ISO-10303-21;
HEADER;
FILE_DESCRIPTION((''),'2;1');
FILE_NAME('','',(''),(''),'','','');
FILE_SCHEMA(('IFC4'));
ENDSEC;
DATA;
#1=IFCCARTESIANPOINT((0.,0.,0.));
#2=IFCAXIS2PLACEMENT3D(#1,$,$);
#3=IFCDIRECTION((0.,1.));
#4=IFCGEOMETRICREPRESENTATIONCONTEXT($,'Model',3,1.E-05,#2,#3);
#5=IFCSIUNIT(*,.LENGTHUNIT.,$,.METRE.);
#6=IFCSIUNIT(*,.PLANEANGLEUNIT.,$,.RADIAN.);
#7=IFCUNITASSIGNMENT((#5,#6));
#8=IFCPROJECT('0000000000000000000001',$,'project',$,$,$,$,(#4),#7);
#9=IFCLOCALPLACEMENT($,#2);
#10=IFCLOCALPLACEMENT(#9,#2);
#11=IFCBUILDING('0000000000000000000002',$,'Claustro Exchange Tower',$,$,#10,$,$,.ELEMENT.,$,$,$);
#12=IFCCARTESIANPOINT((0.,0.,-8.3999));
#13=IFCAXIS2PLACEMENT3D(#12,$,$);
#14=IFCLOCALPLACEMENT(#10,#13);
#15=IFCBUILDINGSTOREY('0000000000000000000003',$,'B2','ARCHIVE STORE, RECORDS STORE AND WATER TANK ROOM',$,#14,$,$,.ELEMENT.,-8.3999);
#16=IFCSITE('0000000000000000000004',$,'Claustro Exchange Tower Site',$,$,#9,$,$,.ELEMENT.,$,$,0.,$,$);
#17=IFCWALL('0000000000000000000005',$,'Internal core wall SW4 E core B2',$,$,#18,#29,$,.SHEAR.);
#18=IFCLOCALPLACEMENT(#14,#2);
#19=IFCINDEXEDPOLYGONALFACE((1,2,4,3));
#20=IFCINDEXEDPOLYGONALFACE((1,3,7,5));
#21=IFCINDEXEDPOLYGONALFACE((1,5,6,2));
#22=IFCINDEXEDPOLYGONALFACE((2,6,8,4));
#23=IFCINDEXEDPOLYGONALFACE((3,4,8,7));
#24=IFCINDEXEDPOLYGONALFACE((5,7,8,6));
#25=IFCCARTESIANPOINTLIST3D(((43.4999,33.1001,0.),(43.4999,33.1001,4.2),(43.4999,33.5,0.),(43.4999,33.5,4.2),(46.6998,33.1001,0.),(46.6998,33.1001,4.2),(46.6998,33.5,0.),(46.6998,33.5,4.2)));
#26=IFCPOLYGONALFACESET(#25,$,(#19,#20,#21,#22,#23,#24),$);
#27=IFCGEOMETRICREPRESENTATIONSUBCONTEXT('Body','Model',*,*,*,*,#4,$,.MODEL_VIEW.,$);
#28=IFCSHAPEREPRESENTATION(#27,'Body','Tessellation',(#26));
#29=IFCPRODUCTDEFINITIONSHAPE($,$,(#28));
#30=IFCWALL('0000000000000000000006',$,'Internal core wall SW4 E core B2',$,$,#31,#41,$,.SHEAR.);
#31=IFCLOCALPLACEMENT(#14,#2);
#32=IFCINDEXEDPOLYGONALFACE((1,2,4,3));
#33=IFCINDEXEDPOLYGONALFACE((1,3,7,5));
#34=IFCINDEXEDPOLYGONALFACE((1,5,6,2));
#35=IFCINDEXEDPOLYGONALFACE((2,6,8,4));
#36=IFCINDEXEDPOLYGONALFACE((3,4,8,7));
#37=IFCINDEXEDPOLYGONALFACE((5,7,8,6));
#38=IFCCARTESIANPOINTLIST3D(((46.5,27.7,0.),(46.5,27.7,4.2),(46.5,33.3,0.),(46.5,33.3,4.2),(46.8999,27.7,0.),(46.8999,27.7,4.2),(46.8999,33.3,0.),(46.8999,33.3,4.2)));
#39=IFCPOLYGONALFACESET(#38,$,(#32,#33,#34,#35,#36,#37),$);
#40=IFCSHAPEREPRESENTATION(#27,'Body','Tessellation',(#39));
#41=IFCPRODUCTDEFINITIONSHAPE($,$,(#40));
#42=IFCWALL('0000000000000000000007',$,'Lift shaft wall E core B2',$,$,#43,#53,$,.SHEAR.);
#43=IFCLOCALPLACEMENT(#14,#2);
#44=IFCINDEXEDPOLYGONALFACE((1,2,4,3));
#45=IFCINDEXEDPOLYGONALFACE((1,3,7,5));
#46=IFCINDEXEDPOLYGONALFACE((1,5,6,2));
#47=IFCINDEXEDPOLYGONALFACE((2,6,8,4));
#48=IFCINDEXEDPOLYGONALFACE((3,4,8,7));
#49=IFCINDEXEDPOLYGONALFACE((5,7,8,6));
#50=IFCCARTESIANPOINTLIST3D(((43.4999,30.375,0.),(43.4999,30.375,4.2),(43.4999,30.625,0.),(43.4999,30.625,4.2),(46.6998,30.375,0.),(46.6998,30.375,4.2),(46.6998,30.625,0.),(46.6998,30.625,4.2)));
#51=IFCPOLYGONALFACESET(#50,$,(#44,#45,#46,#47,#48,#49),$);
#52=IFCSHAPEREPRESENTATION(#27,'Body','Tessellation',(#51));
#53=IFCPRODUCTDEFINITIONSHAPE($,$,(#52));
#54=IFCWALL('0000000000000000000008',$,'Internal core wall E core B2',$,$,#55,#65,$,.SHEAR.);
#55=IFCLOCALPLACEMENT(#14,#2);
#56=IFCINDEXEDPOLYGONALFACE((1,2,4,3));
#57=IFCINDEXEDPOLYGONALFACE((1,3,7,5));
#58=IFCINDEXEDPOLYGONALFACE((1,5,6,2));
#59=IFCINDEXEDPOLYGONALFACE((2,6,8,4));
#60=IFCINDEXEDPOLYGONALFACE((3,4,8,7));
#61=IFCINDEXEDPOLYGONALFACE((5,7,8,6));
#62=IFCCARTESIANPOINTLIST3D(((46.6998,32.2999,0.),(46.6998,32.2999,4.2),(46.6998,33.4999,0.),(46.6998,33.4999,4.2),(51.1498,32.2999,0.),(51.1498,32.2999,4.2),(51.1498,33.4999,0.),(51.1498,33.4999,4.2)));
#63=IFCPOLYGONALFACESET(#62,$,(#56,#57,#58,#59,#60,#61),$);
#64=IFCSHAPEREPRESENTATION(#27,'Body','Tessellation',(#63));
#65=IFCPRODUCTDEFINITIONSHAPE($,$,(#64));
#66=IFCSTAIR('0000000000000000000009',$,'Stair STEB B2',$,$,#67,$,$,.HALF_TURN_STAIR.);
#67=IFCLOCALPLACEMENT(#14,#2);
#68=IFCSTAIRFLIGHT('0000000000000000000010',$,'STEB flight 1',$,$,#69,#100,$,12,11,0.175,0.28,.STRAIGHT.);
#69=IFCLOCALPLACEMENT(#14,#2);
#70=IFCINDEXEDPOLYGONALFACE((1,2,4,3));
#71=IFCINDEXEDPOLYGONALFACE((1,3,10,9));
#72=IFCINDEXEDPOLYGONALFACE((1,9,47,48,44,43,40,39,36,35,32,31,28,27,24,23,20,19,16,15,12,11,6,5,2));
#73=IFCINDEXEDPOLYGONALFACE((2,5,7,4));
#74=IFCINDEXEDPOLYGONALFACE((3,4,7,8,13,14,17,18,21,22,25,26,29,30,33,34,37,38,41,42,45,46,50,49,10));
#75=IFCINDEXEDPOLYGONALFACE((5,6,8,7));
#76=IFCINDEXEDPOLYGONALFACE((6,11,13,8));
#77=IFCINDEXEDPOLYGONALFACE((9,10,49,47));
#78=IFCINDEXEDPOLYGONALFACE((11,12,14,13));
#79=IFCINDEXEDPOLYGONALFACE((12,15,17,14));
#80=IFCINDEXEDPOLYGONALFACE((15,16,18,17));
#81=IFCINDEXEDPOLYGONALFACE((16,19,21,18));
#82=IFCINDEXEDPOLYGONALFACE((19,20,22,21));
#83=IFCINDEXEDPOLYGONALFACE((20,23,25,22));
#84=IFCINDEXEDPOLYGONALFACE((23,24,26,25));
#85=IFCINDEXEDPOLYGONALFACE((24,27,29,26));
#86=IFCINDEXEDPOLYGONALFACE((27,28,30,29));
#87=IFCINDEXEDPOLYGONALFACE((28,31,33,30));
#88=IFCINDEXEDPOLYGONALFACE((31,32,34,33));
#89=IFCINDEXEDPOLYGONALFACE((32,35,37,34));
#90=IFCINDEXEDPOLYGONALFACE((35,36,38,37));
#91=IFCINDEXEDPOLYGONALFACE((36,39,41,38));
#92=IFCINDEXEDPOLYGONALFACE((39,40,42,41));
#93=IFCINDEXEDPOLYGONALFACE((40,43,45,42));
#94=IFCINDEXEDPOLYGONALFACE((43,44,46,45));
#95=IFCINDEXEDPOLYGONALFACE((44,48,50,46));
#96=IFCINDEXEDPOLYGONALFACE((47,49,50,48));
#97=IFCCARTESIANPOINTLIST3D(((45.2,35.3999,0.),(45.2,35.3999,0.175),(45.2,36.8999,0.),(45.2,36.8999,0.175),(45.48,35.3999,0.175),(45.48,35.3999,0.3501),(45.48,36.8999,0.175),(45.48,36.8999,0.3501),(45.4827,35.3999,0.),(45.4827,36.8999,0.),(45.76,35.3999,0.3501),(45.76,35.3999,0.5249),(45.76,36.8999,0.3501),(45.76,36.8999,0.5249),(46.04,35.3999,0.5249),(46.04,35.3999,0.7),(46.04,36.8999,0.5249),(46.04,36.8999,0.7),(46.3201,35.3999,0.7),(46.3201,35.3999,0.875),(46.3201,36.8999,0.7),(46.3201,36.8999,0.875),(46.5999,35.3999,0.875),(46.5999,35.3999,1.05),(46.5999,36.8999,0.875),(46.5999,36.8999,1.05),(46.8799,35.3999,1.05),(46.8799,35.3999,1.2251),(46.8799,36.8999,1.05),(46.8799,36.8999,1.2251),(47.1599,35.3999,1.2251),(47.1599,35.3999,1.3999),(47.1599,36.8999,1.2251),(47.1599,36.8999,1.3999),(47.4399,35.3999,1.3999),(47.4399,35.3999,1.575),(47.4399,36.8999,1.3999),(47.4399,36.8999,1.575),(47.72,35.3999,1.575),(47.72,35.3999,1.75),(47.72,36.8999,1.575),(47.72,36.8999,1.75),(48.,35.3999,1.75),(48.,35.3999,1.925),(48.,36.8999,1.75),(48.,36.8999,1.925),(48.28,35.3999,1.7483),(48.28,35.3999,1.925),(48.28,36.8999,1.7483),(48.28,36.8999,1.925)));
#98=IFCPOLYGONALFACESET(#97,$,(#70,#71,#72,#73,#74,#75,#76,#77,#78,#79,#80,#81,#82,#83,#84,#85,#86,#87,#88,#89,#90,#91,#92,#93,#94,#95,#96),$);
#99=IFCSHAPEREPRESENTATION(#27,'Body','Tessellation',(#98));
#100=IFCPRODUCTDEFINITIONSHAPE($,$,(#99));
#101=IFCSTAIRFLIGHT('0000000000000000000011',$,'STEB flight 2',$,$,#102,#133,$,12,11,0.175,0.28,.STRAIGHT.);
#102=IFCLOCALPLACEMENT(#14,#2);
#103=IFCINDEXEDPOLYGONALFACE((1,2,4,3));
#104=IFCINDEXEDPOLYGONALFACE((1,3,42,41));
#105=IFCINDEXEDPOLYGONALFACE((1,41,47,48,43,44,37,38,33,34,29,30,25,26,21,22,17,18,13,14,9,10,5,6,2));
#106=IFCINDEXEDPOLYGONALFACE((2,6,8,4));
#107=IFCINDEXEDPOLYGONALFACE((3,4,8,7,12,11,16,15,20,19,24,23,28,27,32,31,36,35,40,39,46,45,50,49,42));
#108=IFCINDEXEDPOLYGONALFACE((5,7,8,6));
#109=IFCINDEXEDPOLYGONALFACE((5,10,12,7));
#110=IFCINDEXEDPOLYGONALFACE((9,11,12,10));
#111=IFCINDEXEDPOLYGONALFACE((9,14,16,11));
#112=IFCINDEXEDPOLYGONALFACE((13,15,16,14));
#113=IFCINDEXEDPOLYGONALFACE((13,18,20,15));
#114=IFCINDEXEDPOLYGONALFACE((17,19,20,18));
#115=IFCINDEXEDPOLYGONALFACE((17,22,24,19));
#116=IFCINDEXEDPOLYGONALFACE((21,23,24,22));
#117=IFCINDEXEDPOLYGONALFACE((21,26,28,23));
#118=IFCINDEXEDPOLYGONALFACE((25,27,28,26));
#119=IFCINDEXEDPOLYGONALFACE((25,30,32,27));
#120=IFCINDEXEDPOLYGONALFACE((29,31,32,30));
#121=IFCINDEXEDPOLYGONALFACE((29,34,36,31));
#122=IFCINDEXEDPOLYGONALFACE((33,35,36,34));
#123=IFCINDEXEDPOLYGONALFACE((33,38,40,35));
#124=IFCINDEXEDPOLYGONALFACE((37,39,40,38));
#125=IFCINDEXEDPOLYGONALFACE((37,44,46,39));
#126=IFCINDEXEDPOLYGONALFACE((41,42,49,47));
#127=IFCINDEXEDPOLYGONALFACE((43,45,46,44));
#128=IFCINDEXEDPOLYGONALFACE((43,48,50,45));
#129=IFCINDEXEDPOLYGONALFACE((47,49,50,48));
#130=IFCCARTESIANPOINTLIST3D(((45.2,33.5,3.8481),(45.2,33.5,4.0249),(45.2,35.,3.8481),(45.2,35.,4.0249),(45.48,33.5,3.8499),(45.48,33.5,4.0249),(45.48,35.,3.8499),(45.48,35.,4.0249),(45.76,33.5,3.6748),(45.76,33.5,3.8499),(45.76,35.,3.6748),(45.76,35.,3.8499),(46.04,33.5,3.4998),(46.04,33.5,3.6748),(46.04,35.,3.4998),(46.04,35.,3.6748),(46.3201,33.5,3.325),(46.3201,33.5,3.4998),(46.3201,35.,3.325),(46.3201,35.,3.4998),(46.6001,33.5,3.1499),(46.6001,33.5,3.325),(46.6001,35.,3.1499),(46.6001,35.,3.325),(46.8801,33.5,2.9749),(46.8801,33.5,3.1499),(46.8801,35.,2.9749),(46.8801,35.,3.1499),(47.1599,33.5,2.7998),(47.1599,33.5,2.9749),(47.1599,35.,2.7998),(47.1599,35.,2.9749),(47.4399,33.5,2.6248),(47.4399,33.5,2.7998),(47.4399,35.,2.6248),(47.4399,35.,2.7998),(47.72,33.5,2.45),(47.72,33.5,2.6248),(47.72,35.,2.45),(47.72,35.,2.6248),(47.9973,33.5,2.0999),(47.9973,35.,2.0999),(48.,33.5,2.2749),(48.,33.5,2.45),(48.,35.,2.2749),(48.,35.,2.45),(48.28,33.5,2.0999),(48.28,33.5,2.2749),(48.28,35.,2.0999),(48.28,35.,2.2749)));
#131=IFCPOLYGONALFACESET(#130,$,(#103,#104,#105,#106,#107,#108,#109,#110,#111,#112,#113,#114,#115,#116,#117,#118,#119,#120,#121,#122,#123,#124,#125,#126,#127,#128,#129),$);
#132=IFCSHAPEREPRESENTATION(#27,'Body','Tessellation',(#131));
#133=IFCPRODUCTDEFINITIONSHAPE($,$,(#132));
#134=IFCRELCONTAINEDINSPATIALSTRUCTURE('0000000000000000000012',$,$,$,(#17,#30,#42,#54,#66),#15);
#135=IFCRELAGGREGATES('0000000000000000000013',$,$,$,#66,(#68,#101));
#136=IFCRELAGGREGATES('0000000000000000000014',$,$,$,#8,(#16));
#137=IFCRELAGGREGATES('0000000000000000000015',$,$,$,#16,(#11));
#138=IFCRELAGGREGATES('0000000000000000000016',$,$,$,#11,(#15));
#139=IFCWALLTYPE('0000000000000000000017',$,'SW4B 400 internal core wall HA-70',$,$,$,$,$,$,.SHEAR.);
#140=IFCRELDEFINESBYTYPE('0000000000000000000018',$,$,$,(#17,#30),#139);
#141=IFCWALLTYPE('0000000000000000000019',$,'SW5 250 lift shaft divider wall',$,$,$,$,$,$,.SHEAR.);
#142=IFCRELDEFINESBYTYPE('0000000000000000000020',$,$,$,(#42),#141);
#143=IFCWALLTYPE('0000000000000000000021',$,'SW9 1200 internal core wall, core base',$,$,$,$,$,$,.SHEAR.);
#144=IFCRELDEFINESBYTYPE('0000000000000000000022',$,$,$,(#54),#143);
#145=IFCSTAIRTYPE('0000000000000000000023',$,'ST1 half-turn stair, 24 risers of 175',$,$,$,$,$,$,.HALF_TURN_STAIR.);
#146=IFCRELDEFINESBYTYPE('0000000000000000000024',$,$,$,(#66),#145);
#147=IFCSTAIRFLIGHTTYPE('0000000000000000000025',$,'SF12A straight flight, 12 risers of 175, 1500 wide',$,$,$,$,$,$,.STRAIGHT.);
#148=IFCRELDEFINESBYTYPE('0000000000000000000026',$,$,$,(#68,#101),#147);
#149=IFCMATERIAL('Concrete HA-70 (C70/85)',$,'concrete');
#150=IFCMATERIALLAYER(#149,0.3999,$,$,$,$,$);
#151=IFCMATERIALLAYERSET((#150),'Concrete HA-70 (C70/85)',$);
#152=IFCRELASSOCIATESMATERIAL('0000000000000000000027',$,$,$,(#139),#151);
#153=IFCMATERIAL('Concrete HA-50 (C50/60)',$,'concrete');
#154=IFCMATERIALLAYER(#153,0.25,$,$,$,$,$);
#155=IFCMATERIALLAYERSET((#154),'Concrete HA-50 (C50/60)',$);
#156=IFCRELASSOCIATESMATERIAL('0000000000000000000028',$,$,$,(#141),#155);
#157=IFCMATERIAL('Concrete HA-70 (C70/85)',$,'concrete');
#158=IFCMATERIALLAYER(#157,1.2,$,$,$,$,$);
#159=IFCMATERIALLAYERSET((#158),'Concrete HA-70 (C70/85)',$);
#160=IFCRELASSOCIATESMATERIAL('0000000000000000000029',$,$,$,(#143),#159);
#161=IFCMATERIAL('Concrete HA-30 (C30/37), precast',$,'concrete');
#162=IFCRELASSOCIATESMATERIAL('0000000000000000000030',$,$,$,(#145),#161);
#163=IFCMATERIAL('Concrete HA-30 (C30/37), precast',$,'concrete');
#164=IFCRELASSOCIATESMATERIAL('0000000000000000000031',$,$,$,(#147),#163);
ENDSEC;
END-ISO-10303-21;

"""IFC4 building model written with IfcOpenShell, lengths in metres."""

from ifc_helpers import new_model, si_unit, direction, frame, frame_2d, origin, place, context, subcontext, project, spatial, polyline, rectangle, outline, extrude, material, layer, layer_set, type_object, element, aggregate, save


model = new_model("IFC4")

# Units and contexts
model_context = context("Model", 3, precision=1e-05, world=origin(), true_north=direction((0.0, 1.0)))
body_context = subcontext(model_context, "Body", "Model", "MODEL_VIEW")
ifc_project = project(units=[si_unit("LENGTHUNIT", "METRE"), si_unit("PLANEANGLEUNIT", "RADIAN")], contexts=[model_context])

# Site, building, storey
site_placement = place(None, origin())
site = spatial("IfcSite", under=ifc_project, at=site_placement, Name="Claustro Exchange Tower Site", CompositionType="ELEMENT", RefElevation=0.0)
building_placement = place(site_placement, origin())
building = spatial("IfcBuilding", under=site, at=building_placement, Name="Claustro Exchange Tower", CompositionType="ELEMENT")
storey_placement = place(building_placement, frame((0.0, 0.0, -8.3999)))
storey = spatial("IfcBuildingStorey", under=building, at=storey_placement, Name="B2", Description="ARCHIVE STORE, RECORDS STORE AND WATER TANK ROOM", CompositionType="ELEMENT", Elevation=-8.3999)

# Walls
ifc_material_1 = material(Name="Concrete HA-70 (C70/85)", Category="concrete")
ifc_layer_1 = layer(ifc_material_1, 0.3999)
ifc_layer_set_1 = layer_set([ifc_layer_1], Name="Concrete HA-70 (C70/85)")
wall_type_1 = type_object("IfcWallType", Name="SW4B 400 internal core wall HA-70", PredefinedType="SHEAR", material=ifc_layer_set_1)
wall_1_placement = place(storey_placement, frame((46.7, 33.3, 0.0), z_axis=(0.0, 0.0, 1.0), x_axis=(-1.0, 0.0, 0.0)))
element("IfcWall", 1, at=wall_1_placement, inside=storey, type_object=wall_type_1, Name="Internal core wall SW4 E core B2", PredefinedType="SHEAR", context=body_context, shape_type="SweptSolid", body=[
    extrude(rectangle(XDim=3.2, YDim=0.3999, at=frame_2d((1.6001, 0.0))), origin(), (0.0, 0.0, 1.0), 4.2),
])
wall_2_placement = place(storey_placement, frame((46.7, 27.7, 0.0), z_axis=(0.0, 0.0, 1.0), x_axis=(0.0, 1.0, 0.0)))
element("IfcWall", 2, at=wall_2_placement, inside=storey, type_object=wall_type_1, Name="Internal core wall SW4 E core B2", PredefinedType="SHEAR", context=body_context, shape_type="SweptSolid", body=[
    extrude(rectangle(XDim=5.6001, YDim=0.3999, at=frame_2d((2.8, 0.0))), origin(), (0.0, 0.0, 1.0), 4.2),
])
ifc_material_2 = material(Name="Concrete HA-50 (C50/60)", Category="concrete")
ifc_layer_2 = layer(ifc_material_2, 0.25)
ifc_layer_set_2 = layer_set([ifc_layer_2], Name="Concrete HA-50 (C50/60)")
wall_type_2 = type_object("IfcWallType", Name="SW5 250 lift shaft divider wall", PredefinedType="SHEAR", material=ifc_layer_set_2)
wall_3_placement = place(storey_placement, frame((46.7, 30.5, 0.0), z_axis=(0.0, 0.0, 1.0), x_axis=(-1.0, 0.0, 0.0)))
element("IfcWall", 3, at=wall_3_placement, inside=storey, type_object=wall_type_2, Name="Lift shaft wall E core B2", PredefinedType="SHEAR", context=body_context, shape_type="SweptSolid", body=[
    extrude(rectangle(XDim=3.2, YDim=0.25, at=frame_2d((1.6001, 0.0))), origin(), (0.0, 0.0, 1.0), 4.2),
])
ifc_material_3 = material(Name="Concrete HA-70 (C70/85)", Category="concrete")
ifc_layer_3 = layer(ifc_material_3, 1.2)
ifc_layer_set_3 = layer_set([ifc_layer_3], Name="Concrete HA-70 (C70/85)")
wall_type_3 = type_object("IfcWallType", Name="SW9 1200 internal core wall, core base", PredefinedType="SHEAR", material=ifc_layer_set_3)
wall_4_placement = place(storey_placement, frame((51.1499, 32.8999, 0.0), z_axis=(0.0, 0.0, 1.0), x_axis=(-1.0, 0.0, 0.0)))
element("IfcWall", 4, at=wall_4_placement, inside=storey, type_object=wall_type_3, Name="Internal core wall E core B2", PredefinedType="SHEAR", context=body_context, shape_type="SweptSolid", body=[
    extrude(rectangle(XDim=4.45, YDim=1.2, at=frame_2d((2.2251, 0.0))), origin(), (0.0, 0.0, 1.0), 4.2),
])

# Stair, stair flights
ifc_material_4 = material(Name="Concrete HA-30 (C30/37), precast", Category="concrete")
stair_type = type_object("IfcStairType", Name="ST1 half-turn stair, 24 risers of 175", PredefinedType="HALF_TURN_STAIR", material=ifc_material_4)
stair_placement = place(storey_placement, origin())
stair = element("IfcStair", 5, at=stair_placement, inside=storey, type_object=stair_type, Name="Stair STEB B2", PredefinedType="HALF_TURN_STAIR")
ifc_material_5 = material(Name="Concrete HA-30 (C30/37), precast", Category="concrete")
stair_flight_type = type_object("IfcStairFlightType", Name="SF12A straight flight, 12 risers of 175, 1500 wide", PredefinedType="STRAIGHT", material=ifc_material_5)
stair_flight_1_placement = place(storey_placement, frame((45.2, 36.1499, 0.0), z_axis=(0.0, 0.0, 1.0), x_axis=(1.0, 0.0, 0.0)))
stair_flight_1 = element("IfcStairFlight", 6, at=stair_flight_1_placement, type_object=stair_flight_type, Name="STEB flight 1", NumberOfRisers=12, NumberOfTreads=11, PredefinedType="STRAIGHT", RiserHeight=0.175, TreadLength=0.28, context=body_context, shape_type="SweptSolid", body=[
    extrude(outline(polyline([(0.0, 0.0), (0.0, 0.175), (0.28, 0.175), (0.28, 0.3501), (0.5601, 0.3501), (0.5601, 0.5249), (0.8401, 0.5249), (0.8401, 0.7), (1.1201, 0.7), (1.1201, 0.875), (1.3999, 0.875), (1.3999, 1.05), (1.6799, 1.05), (1.6799, 1.2251), (1.96, 1.2251), (1.96, 1.3999), (2.24, 1.3999), (2.24, 1.575), (2.52, 1.575), (2.52, 1.75), (2.8, 1.75), (2.8, 1.925), (3.0801, 1.925), (3.0801, 2.1001), (3.0801, 1.7483), (0.2827, 0.0), (0.0, 0.0)])), frame((0.0, 0.75, 0.0), z_axis=(0.0, -1.0, 0.0), x_axis=(1.0, 0.0, 0.0)), (0.0, 0.0, 1.0), 1.5),
])
stair_flight_2_placement = place(storey_placement, frame((48.28, 34.25, 2.0999), z_axis=(0.0, 0.0, 1.0), x_axis=(-1.0, 0.0, 0.0)))
stair_flight_2 = element("IfcStairFlight", 7, at=stair_flight_2_placement, type_object=stair_flight_type, Name="STEB flight 2", NumberOfRisers=12, NumberOfTreads=11, PredefinedType="STRAIGHT", RiserHeight=0.175, TreadLength=0.28, context=body_context, shape_type="SweptSolid", body=[
    extrude(outline(polyline([(0.0, 0.0), (0.0, 0.175), (0.28, 0.175), (0.28, 0.3501), (0.5601, 0.3501), (0.5601, 0.5249), (0.8401, 0.5249), (0.8401, 0.7), (1.1201, 0.7), (1.1201, 0.875), (1.3999, 0.875), (1.3999, 1.05), (1.6799, 1.05), (1.6799, 1.2251), (1.96, 1.2251), (1.96, 1.3999), (2.24, 1.3999), (2.24, 1.575), (2.52, 1.575), (2.52, 1.75), (2.8, 1.75), (2.8, 1.925), (3.0801, 1.925), (3.0801, 2.1001), (3.0801, 1.7483), (0.2827, 0.0), (0.0, 0.0)])), frame((0.0, 0.75, 0.0), z_axis=(0.0, -1.0, 0.0), x_axis=(1.0, 0.0, 0.0)), (0.0, 0.0, 1.0), 1.5),
])
aggregate(stair, [stair_flight_1, stair_flight_2])

save(model, "model.ifc")
